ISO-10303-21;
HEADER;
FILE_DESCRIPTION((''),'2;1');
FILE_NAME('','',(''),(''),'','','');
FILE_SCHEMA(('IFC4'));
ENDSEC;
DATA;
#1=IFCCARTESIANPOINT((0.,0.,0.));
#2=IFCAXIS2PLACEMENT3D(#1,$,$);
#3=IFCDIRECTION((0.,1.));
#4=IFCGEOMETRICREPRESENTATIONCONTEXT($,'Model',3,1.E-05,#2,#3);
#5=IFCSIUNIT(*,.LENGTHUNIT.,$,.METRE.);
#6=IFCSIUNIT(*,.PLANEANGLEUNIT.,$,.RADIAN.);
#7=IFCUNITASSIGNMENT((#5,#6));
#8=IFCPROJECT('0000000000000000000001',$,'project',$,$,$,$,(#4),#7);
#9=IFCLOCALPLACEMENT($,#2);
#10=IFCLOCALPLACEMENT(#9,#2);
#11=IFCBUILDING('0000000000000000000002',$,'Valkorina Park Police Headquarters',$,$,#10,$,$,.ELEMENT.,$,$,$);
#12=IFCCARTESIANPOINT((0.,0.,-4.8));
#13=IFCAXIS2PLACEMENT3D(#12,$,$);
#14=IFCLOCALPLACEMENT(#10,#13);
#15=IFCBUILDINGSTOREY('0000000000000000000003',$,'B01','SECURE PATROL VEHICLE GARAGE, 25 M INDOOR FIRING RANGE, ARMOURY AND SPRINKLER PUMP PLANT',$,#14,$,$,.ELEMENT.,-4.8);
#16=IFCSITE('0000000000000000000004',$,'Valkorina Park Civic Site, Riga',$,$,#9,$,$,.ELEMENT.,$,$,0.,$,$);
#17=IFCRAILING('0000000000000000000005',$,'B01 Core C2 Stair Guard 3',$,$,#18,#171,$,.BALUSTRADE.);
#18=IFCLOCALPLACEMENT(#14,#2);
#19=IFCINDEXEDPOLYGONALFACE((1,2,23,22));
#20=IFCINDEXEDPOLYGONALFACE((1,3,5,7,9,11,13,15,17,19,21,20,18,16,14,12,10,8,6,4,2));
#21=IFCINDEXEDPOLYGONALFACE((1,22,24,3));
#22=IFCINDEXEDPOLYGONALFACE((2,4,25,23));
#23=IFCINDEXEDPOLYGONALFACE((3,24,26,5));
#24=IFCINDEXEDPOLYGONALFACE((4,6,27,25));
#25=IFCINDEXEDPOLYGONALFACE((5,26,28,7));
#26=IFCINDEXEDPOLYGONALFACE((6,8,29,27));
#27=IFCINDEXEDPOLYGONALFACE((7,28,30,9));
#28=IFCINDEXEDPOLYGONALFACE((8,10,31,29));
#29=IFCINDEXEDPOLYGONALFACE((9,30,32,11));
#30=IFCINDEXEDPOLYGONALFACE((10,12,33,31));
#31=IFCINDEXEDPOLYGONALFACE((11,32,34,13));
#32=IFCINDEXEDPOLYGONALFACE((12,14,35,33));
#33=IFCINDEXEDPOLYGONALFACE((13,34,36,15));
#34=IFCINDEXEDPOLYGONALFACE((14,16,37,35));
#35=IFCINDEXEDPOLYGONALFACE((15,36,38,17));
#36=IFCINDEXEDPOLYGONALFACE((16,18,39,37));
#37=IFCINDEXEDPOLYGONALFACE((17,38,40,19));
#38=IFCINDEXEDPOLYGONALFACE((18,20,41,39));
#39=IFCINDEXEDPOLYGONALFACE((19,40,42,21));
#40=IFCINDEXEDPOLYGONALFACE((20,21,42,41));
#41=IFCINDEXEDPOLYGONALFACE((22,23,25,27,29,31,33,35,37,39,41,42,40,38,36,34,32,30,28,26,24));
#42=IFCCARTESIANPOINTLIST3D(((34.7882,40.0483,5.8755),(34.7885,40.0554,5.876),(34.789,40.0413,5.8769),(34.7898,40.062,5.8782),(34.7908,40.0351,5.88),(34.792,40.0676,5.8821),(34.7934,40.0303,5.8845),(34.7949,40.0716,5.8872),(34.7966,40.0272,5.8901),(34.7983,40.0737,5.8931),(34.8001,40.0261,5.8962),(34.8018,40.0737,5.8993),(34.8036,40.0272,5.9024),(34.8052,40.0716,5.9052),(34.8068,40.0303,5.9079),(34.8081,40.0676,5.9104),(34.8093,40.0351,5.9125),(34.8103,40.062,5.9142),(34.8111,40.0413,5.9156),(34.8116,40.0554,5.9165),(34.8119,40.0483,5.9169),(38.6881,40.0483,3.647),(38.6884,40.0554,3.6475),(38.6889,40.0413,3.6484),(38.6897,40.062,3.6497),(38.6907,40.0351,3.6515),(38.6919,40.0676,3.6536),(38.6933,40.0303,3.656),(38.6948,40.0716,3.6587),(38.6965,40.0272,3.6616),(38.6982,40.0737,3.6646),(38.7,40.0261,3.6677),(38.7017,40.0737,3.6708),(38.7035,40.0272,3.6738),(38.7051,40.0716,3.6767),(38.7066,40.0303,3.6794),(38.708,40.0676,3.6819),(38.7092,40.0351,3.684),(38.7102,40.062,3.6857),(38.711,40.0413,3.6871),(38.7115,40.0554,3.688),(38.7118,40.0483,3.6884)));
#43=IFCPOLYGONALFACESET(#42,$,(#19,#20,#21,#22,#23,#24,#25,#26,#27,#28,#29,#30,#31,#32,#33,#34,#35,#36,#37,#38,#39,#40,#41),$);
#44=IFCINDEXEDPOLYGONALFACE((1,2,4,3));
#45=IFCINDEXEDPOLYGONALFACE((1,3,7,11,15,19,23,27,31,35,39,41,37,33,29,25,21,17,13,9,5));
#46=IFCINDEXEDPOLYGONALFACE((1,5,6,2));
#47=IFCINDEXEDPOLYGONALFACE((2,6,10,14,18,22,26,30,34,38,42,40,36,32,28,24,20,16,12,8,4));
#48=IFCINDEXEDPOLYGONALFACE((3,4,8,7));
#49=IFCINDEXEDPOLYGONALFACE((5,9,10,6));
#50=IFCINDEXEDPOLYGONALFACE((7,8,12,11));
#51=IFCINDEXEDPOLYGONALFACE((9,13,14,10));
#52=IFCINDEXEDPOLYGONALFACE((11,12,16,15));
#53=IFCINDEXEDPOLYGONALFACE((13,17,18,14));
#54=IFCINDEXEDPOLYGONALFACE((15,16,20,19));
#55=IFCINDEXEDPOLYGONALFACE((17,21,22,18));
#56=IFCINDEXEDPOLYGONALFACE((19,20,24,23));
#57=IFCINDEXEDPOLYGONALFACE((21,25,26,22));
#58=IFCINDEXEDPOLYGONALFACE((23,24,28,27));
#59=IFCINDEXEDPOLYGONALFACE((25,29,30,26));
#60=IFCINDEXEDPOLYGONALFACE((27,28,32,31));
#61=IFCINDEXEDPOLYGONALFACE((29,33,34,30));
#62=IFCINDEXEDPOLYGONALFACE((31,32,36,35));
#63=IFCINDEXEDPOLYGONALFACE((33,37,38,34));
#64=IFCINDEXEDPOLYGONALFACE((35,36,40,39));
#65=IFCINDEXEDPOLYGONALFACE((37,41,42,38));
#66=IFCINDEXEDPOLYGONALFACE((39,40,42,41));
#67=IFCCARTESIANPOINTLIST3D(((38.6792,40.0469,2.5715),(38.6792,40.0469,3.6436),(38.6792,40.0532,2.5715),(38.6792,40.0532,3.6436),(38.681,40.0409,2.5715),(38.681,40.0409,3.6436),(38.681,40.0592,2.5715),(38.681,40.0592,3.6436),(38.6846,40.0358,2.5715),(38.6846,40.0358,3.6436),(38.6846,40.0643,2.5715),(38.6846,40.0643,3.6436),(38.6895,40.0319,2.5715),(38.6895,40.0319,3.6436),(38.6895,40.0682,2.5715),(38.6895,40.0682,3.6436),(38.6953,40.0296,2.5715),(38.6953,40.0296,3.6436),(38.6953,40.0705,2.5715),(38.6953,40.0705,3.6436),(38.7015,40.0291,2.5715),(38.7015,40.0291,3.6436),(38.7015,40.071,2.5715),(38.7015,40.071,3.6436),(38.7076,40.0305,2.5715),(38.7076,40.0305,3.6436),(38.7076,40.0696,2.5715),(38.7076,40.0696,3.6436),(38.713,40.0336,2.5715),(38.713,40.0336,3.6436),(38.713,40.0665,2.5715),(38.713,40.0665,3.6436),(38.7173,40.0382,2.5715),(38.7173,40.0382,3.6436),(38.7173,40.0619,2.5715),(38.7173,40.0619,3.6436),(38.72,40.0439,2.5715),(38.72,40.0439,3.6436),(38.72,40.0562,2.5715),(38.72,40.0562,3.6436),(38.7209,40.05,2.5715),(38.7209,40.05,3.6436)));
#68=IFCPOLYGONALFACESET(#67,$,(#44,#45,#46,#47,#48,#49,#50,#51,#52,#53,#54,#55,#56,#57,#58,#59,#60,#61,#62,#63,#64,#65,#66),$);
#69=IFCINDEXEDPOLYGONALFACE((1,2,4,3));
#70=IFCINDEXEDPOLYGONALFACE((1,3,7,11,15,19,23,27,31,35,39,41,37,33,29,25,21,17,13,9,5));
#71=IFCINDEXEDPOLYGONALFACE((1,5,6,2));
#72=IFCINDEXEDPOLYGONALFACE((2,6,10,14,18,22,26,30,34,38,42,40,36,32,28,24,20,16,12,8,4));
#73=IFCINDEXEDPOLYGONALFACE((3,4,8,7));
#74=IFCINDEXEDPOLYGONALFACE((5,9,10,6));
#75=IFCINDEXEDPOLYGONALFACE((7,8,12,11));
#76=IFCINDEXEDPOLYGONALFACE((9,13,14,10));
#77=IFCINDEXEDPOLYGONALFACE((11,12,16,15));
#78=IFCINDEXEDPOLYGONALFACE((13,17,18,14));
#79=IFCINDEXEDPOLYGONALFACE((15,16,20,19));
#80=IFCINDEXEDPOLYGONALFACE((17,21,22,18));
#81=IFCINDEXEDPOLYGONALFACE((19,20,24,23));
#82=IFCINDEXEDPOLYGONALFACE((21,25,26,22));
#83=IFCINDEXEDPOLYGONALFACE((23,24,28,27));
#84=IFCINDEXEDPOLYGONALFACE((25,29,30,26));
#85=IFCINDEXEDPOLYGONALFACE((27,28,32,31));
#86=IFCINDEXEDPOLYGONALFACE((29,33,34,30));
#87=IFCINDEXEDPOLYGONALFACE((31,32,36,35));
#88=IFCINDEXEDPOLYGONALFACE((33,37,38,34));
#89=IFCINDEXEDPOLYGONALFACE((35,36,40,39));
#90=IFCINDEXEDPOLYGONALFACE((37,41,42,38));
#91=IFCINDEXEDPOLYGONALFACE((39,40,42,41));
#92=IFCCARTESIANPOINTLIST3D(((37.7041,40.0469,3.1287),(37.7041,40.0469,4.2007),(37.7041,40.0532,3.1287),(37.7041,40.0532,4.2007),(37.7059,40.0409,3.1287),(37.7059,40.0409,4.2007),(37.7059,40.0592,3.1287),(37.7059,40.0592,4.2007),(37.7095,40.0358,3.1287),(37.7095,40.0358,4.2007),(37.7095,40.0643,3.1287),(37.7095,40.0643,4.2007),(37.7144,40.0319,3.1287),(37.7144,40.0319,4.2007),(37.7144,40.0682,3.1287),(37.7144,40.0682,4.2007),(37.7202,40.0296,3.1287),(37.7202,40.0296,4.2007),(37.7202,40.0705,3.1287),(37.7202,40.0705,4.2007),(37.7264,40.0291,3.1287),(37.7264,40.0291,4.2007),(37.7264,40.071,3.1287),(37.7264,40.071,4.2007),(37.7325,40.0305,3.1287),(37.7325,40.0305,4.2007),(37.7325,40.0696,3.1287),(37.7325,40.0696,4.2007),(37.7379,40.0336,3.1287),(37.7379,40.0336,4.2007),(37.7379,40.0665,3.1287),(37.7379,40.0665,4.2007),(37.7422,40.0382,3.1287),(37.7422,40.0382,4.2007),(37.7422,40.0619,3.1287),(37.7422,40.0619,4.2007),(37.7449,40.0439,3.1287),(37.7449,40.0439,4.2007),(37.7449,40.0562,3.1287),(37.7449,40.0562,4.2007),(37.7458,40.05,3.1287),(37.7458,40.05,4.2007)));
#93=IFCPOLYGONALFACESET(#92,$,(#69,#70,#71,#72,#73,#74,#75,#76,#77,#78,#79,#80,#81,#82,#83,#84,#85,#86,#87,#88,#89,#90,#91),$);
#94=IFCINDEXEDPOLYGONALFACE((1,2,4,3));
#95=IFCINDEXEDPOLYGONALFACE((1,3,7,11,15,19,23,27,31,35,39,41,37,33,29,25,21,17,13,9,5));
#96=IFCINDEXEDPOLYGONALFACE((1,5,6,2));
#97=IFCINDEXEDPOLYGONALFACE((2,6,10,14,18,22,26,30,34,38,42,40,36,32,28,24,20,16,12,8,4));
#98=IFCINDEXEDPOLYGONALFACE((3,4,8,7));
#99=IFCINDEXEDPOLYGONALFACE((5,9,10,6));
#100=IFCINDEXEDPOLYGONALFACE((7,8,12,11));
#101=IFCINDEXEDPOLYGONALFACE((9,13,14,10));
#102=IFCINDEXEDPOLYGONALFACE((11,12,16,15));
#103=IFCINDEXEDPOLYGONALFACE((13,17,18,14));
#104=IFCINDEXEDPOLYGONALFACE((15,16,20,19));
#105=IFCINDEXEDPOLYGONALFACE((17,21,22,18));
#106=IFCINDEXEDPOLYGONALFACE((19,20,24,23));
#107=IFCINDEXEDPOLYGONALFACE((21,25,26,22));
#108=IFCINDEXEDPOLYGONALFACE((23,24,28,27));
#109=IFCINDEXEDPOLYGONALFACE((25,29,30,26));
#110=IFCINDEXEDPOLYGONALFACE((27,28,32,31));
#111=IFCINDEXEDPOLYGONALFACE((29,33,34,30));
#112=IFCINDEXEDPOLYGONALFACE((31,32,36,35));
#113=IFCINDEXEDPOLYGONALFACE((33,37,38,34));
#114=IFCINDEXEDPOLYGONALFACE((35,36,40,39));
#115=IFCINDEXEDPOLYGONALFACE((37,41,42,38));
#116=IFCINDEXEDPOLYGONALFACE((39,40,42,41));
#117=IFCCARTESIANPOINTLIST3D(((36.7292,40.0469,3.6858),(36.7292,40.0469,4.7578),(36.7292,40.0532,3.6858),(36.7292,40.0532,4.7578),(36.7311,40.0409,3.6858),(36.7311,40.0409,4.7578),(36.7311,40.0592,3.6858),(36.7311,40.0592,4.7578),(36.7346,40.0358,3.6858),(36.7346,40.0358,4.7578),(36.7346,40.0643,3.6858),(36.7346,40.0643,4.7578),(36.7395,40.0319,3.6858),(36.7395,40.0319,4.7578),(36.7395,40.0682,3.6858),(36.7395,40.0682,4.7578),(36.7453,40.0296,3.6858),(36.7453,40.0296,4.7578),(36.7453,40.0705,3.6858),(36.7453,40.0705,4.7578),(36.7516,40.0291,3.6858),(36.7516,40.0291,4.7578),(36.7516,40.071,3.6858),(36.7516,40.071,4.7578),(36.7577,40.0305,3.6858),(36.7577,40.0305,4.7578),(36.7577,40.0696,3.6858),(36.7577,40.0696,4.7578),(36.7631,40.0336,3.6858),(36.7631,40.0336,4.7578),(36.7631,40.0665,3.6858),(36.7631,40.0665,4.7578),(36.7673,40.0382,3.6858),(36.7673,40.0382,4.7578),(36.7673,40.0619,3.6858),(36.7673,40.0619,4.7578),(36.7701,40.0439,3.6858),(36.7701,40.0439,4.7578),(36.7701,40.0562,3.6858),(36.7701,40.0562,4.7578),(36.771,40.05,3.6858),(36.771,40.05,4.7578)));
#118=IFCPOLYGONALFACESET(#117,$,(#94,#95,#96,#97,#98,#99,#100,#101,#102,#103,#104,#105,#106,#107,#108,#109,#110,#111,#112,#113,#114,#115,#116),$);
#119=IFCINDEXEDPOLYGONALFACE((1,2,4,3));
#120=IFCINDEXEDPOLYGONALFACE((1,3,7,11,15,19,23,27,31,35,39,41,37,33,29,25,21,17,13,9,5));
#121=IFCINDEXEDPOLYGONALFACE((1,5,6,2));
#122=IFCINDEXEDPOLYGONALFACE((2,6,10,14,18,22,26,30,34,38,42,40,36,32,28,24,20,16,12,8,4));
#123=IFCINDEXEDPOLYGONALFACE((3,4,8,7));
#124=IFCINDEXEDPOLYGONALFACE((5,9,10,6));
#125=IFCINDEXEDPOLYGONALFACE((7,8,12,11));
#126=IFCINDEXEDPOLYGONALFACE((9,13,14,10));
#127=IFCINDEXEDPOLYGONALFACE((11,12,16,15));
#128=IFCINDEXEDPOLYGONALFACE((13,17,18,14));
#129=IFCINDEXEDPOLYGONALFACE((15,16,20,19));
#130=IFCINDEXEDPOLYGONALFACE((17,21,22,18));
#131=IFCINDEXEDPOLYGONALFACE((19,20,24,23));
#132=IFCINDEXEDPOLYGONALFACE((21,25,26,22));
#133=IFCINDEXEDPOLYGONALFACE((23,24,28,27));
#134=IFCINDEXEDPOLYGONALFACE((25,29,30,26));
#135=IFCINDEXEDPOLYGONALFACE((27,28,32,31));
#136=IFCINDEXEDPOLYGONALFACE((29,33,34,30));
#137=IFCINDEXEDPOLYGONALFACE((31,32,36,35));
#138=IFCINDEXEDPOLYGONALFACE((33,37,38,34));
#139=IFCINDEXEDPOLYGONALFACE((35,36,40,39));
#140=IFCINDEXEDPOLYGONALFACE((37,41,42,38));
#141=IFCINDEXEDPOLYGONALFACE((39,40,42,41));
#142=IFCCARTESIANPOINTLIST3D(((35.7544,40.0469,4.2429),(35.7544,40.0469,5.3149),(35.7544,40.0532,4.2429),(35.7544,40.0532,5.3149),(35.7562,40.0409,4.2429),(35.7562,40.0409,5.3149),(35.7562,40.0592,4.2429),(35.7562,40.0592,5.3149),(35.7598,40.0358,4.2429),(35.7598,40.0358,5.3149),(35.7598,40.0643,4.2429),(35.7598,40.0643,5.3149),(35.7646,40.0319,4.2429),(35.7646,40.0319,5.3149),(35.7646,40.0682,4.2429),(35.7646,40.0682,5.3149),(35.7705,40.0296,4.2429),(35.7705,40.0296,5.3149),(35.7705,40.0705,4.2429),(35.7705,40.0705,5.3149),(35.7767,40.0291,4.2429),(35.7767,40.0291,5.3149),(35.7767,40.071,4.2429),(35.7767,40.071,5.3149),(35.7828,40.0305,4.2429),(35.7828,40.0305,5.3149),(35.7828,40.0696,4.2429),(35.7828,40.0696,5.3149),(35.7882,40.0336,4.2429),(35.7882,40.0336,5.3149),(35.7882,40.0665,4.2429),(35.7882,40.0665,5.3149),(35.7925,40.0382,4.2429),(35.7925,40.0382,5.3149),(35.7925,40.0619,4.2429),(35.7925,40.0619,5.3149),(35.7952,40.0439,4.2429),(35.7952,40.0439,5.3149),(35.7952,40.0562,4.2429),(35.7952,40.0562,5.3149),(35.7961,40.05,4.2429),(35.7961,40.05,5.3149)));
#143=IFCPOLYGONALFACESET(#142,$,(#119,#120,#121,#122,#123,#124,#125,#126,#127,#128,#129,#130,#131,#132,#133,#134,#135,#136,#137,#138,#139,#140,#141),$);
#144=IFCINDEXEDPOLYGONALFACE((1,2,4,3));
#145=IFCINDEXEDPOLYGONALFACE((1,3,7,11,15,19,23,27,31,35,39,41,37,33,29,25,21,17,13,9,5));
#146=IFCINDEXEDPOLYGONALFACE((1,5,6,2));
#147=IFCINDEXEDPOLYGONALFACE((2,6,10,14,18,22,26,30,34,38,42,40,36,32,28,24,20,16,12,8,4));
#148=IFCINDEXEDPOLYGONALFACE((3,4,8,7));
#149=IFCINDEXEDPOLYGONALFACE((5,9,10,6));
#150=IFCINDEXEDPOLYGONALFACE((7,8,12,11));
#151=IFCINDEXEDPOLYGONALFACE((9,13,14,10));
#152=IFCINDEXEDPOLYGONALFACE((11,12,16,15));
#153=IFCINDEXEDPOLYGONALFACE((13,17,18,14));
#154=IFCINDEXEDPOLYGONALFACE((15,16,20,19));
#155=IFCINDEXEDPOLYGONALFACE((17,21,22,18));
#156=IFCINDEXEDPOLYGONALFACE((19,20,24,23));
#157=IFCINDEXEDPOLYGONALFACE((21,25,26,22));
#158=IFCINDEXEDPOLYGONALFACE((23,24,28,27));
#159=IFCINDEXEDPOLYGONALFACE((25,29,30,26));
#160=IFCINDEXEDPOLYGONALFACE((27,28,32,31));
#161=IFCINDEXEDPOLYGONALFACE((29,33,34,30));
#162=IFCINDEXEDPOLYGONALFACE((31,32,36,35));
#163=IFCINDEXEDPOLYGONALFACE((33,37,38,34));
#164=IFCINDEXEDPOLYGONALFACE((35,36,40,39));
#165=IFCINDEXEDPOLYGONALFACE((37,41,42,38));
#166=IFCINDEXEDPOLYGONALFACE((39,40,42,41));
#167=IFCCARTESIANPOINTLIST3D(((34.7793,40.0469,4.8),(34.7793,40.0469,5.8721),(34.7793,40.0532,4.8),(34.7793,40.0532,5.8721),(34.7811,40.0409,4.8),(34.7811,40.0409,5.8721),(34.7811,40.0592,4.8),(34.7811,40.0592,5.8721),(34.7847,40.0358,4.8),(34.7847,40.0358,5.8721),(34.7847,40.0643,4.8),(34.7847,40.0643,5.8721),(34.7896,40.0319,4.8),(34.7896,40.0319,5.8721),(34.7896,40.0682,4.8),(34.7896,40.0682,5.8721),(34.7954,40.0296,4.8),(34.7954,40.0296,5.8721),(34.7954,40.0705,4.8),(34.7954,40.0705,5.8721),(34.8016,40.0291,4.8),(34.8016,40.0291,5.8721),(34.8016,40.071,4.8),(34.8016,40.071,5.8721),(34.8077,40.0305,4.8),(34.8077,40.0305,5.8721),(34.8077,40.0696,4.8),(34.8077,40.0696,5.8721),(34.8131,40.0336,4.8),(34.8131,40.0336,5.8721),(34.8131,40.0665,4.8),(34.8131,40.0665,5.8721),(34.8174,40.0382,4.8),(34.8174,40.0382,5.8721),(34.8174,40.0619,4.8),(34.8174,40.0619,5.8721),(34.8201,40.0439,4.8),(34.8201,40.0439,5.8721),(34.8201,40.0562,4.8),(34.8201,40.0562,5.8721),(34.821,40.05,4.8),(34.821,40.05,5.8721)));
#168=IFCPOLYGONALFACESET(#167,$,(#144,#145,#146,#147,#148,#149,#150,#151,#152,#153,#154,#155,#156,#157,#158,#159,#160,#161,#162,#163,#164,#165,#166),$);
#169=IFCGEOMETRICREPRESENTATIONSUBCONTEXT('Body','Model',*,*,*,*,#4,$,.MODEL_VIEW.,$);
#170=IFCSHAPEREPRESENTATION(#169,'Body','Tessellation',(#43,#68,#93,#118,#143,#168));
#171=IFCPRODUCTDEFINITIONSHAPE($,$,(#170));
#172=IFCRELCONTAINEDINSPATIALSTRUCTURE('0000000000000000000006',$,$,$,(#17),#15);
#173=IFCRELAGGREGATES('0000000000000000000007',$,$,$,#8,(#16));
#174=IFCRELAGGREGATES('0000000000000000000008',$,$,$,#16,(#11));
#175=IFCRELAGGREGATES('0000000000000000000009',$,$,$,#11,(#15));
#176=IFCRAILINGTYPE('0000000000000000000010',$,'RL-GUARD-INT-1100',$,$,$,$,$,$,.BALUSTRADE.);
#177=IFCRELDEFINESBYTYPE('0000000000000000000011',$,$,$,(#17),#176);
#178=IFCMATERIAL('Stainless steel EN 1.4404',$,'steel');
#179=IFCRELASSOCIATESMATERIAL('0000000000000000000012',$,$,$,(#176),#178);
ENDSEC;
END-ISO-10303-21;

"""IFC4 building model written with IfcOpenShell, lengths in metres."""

from ifc_helpers import new_model, si_unit, direction, frame, origin, origin_2d, place, context, subcontext, project, spatial, circle, extrude, material, type_object, element, save


model = new_model("IFC4")

# Units and contexts
model_context = context("Model", 3, precision=1e-05, world=origin(), true_north=direction((0.0, 1.0)))
body_context = subcontext(model_context, "Body", "Model", "MODEL_VIEW")
ifc_project = project(units=[si_unit("LENGTHUNIT", "METRE"), si_unit("PLANEANGLEUNIT", "RADIAN")], contexts=[model_context])

# Site, building, storey
site_placement = place(None, origin())
site = spatial("IfcSite", under=ifc_project, at=site_placement, Name="Valkorina Park Civic Site, Riga", CompositionType="ELEMENT", RefElevation=0.0)
building_placement = place(site_placement, origin())
building = spatial("IfcBuilding", under=site, at=building_placement, Name="Valkorina Park Police Headquarters", CompositionType="ELEMENT")
storey_placement = place(building_placement, frame((0.0, 0.0, -4.8)))
storey = spatial("IfcBuildingStorey", under=building, at=storey_placement, Name="B01", Description="SECURE PATROL VEHICLE GARAGE, 25 M INDOOR FIRING RANGE, ARMOURY AND SPRINKLER PUMP PLANT", CompositionType="ELEMENT", Elevation=-4.8)

# Shared definitions
ifc_material_1 = material(Name="Stainless steel EN 1.4404", Category="steel")

# Railing
railing_type_1 = type_object("IfcRailingType", Name="RL-GUARD-INT-1100", PredefinedType="BALUSTRADE", material=ifc_material_1)
railing_1_placement = place(storey_placement, frame((38.7, 40.05, 2.5715)))
element("IfcRailing", 1, at=railing_1_placement, inside=storey, type_object=railing_type_1, Name="B01 Core C2 Stair Guard 3", PredefinedType="BALUSTRADE", context=body_context, shape_type="SweptSolid", body=[
    extrude(circle(Radius=0.0239, at=origin_2d()), frame((0.0, 0.0, 1.0962), z_axis=(-0.868243, 0.0, 0.496139), x_axis=(0.0, -1.0, 0.0)), (0.0, 0.0, 1.0), 4.4917),
    extrude(circle(Radius=0.021, at=origin_2d()), origin(), (0.0, 0.0, 1.0), 1.072),
    extrude(circle(Radius=0.021, at=origin_2d()), frame((-0.9751, 0.0, 0.5571)), (0.0, 0.0, 1.0), 1.072),
    extrude(circle(Radius=0.021, at=origin_2d()), frame((-1.95, 0.0, 1.1143)), (0.0, 0.0, 1.0), 1.072),
    extrude(circle(Radius=0.021, at=origin_2d()), frame((-2.9248, 0.0, 1.6714)), (0.0, 0.0, 1.0), 1.072),
    extrude(circle(Radius=0.021, at=origin_2d()), frame((-3.8999, 0.0, 2.2285)), (0.0, 0.0, 1.0), 1.072),
])

save(model, "model.ifc")
